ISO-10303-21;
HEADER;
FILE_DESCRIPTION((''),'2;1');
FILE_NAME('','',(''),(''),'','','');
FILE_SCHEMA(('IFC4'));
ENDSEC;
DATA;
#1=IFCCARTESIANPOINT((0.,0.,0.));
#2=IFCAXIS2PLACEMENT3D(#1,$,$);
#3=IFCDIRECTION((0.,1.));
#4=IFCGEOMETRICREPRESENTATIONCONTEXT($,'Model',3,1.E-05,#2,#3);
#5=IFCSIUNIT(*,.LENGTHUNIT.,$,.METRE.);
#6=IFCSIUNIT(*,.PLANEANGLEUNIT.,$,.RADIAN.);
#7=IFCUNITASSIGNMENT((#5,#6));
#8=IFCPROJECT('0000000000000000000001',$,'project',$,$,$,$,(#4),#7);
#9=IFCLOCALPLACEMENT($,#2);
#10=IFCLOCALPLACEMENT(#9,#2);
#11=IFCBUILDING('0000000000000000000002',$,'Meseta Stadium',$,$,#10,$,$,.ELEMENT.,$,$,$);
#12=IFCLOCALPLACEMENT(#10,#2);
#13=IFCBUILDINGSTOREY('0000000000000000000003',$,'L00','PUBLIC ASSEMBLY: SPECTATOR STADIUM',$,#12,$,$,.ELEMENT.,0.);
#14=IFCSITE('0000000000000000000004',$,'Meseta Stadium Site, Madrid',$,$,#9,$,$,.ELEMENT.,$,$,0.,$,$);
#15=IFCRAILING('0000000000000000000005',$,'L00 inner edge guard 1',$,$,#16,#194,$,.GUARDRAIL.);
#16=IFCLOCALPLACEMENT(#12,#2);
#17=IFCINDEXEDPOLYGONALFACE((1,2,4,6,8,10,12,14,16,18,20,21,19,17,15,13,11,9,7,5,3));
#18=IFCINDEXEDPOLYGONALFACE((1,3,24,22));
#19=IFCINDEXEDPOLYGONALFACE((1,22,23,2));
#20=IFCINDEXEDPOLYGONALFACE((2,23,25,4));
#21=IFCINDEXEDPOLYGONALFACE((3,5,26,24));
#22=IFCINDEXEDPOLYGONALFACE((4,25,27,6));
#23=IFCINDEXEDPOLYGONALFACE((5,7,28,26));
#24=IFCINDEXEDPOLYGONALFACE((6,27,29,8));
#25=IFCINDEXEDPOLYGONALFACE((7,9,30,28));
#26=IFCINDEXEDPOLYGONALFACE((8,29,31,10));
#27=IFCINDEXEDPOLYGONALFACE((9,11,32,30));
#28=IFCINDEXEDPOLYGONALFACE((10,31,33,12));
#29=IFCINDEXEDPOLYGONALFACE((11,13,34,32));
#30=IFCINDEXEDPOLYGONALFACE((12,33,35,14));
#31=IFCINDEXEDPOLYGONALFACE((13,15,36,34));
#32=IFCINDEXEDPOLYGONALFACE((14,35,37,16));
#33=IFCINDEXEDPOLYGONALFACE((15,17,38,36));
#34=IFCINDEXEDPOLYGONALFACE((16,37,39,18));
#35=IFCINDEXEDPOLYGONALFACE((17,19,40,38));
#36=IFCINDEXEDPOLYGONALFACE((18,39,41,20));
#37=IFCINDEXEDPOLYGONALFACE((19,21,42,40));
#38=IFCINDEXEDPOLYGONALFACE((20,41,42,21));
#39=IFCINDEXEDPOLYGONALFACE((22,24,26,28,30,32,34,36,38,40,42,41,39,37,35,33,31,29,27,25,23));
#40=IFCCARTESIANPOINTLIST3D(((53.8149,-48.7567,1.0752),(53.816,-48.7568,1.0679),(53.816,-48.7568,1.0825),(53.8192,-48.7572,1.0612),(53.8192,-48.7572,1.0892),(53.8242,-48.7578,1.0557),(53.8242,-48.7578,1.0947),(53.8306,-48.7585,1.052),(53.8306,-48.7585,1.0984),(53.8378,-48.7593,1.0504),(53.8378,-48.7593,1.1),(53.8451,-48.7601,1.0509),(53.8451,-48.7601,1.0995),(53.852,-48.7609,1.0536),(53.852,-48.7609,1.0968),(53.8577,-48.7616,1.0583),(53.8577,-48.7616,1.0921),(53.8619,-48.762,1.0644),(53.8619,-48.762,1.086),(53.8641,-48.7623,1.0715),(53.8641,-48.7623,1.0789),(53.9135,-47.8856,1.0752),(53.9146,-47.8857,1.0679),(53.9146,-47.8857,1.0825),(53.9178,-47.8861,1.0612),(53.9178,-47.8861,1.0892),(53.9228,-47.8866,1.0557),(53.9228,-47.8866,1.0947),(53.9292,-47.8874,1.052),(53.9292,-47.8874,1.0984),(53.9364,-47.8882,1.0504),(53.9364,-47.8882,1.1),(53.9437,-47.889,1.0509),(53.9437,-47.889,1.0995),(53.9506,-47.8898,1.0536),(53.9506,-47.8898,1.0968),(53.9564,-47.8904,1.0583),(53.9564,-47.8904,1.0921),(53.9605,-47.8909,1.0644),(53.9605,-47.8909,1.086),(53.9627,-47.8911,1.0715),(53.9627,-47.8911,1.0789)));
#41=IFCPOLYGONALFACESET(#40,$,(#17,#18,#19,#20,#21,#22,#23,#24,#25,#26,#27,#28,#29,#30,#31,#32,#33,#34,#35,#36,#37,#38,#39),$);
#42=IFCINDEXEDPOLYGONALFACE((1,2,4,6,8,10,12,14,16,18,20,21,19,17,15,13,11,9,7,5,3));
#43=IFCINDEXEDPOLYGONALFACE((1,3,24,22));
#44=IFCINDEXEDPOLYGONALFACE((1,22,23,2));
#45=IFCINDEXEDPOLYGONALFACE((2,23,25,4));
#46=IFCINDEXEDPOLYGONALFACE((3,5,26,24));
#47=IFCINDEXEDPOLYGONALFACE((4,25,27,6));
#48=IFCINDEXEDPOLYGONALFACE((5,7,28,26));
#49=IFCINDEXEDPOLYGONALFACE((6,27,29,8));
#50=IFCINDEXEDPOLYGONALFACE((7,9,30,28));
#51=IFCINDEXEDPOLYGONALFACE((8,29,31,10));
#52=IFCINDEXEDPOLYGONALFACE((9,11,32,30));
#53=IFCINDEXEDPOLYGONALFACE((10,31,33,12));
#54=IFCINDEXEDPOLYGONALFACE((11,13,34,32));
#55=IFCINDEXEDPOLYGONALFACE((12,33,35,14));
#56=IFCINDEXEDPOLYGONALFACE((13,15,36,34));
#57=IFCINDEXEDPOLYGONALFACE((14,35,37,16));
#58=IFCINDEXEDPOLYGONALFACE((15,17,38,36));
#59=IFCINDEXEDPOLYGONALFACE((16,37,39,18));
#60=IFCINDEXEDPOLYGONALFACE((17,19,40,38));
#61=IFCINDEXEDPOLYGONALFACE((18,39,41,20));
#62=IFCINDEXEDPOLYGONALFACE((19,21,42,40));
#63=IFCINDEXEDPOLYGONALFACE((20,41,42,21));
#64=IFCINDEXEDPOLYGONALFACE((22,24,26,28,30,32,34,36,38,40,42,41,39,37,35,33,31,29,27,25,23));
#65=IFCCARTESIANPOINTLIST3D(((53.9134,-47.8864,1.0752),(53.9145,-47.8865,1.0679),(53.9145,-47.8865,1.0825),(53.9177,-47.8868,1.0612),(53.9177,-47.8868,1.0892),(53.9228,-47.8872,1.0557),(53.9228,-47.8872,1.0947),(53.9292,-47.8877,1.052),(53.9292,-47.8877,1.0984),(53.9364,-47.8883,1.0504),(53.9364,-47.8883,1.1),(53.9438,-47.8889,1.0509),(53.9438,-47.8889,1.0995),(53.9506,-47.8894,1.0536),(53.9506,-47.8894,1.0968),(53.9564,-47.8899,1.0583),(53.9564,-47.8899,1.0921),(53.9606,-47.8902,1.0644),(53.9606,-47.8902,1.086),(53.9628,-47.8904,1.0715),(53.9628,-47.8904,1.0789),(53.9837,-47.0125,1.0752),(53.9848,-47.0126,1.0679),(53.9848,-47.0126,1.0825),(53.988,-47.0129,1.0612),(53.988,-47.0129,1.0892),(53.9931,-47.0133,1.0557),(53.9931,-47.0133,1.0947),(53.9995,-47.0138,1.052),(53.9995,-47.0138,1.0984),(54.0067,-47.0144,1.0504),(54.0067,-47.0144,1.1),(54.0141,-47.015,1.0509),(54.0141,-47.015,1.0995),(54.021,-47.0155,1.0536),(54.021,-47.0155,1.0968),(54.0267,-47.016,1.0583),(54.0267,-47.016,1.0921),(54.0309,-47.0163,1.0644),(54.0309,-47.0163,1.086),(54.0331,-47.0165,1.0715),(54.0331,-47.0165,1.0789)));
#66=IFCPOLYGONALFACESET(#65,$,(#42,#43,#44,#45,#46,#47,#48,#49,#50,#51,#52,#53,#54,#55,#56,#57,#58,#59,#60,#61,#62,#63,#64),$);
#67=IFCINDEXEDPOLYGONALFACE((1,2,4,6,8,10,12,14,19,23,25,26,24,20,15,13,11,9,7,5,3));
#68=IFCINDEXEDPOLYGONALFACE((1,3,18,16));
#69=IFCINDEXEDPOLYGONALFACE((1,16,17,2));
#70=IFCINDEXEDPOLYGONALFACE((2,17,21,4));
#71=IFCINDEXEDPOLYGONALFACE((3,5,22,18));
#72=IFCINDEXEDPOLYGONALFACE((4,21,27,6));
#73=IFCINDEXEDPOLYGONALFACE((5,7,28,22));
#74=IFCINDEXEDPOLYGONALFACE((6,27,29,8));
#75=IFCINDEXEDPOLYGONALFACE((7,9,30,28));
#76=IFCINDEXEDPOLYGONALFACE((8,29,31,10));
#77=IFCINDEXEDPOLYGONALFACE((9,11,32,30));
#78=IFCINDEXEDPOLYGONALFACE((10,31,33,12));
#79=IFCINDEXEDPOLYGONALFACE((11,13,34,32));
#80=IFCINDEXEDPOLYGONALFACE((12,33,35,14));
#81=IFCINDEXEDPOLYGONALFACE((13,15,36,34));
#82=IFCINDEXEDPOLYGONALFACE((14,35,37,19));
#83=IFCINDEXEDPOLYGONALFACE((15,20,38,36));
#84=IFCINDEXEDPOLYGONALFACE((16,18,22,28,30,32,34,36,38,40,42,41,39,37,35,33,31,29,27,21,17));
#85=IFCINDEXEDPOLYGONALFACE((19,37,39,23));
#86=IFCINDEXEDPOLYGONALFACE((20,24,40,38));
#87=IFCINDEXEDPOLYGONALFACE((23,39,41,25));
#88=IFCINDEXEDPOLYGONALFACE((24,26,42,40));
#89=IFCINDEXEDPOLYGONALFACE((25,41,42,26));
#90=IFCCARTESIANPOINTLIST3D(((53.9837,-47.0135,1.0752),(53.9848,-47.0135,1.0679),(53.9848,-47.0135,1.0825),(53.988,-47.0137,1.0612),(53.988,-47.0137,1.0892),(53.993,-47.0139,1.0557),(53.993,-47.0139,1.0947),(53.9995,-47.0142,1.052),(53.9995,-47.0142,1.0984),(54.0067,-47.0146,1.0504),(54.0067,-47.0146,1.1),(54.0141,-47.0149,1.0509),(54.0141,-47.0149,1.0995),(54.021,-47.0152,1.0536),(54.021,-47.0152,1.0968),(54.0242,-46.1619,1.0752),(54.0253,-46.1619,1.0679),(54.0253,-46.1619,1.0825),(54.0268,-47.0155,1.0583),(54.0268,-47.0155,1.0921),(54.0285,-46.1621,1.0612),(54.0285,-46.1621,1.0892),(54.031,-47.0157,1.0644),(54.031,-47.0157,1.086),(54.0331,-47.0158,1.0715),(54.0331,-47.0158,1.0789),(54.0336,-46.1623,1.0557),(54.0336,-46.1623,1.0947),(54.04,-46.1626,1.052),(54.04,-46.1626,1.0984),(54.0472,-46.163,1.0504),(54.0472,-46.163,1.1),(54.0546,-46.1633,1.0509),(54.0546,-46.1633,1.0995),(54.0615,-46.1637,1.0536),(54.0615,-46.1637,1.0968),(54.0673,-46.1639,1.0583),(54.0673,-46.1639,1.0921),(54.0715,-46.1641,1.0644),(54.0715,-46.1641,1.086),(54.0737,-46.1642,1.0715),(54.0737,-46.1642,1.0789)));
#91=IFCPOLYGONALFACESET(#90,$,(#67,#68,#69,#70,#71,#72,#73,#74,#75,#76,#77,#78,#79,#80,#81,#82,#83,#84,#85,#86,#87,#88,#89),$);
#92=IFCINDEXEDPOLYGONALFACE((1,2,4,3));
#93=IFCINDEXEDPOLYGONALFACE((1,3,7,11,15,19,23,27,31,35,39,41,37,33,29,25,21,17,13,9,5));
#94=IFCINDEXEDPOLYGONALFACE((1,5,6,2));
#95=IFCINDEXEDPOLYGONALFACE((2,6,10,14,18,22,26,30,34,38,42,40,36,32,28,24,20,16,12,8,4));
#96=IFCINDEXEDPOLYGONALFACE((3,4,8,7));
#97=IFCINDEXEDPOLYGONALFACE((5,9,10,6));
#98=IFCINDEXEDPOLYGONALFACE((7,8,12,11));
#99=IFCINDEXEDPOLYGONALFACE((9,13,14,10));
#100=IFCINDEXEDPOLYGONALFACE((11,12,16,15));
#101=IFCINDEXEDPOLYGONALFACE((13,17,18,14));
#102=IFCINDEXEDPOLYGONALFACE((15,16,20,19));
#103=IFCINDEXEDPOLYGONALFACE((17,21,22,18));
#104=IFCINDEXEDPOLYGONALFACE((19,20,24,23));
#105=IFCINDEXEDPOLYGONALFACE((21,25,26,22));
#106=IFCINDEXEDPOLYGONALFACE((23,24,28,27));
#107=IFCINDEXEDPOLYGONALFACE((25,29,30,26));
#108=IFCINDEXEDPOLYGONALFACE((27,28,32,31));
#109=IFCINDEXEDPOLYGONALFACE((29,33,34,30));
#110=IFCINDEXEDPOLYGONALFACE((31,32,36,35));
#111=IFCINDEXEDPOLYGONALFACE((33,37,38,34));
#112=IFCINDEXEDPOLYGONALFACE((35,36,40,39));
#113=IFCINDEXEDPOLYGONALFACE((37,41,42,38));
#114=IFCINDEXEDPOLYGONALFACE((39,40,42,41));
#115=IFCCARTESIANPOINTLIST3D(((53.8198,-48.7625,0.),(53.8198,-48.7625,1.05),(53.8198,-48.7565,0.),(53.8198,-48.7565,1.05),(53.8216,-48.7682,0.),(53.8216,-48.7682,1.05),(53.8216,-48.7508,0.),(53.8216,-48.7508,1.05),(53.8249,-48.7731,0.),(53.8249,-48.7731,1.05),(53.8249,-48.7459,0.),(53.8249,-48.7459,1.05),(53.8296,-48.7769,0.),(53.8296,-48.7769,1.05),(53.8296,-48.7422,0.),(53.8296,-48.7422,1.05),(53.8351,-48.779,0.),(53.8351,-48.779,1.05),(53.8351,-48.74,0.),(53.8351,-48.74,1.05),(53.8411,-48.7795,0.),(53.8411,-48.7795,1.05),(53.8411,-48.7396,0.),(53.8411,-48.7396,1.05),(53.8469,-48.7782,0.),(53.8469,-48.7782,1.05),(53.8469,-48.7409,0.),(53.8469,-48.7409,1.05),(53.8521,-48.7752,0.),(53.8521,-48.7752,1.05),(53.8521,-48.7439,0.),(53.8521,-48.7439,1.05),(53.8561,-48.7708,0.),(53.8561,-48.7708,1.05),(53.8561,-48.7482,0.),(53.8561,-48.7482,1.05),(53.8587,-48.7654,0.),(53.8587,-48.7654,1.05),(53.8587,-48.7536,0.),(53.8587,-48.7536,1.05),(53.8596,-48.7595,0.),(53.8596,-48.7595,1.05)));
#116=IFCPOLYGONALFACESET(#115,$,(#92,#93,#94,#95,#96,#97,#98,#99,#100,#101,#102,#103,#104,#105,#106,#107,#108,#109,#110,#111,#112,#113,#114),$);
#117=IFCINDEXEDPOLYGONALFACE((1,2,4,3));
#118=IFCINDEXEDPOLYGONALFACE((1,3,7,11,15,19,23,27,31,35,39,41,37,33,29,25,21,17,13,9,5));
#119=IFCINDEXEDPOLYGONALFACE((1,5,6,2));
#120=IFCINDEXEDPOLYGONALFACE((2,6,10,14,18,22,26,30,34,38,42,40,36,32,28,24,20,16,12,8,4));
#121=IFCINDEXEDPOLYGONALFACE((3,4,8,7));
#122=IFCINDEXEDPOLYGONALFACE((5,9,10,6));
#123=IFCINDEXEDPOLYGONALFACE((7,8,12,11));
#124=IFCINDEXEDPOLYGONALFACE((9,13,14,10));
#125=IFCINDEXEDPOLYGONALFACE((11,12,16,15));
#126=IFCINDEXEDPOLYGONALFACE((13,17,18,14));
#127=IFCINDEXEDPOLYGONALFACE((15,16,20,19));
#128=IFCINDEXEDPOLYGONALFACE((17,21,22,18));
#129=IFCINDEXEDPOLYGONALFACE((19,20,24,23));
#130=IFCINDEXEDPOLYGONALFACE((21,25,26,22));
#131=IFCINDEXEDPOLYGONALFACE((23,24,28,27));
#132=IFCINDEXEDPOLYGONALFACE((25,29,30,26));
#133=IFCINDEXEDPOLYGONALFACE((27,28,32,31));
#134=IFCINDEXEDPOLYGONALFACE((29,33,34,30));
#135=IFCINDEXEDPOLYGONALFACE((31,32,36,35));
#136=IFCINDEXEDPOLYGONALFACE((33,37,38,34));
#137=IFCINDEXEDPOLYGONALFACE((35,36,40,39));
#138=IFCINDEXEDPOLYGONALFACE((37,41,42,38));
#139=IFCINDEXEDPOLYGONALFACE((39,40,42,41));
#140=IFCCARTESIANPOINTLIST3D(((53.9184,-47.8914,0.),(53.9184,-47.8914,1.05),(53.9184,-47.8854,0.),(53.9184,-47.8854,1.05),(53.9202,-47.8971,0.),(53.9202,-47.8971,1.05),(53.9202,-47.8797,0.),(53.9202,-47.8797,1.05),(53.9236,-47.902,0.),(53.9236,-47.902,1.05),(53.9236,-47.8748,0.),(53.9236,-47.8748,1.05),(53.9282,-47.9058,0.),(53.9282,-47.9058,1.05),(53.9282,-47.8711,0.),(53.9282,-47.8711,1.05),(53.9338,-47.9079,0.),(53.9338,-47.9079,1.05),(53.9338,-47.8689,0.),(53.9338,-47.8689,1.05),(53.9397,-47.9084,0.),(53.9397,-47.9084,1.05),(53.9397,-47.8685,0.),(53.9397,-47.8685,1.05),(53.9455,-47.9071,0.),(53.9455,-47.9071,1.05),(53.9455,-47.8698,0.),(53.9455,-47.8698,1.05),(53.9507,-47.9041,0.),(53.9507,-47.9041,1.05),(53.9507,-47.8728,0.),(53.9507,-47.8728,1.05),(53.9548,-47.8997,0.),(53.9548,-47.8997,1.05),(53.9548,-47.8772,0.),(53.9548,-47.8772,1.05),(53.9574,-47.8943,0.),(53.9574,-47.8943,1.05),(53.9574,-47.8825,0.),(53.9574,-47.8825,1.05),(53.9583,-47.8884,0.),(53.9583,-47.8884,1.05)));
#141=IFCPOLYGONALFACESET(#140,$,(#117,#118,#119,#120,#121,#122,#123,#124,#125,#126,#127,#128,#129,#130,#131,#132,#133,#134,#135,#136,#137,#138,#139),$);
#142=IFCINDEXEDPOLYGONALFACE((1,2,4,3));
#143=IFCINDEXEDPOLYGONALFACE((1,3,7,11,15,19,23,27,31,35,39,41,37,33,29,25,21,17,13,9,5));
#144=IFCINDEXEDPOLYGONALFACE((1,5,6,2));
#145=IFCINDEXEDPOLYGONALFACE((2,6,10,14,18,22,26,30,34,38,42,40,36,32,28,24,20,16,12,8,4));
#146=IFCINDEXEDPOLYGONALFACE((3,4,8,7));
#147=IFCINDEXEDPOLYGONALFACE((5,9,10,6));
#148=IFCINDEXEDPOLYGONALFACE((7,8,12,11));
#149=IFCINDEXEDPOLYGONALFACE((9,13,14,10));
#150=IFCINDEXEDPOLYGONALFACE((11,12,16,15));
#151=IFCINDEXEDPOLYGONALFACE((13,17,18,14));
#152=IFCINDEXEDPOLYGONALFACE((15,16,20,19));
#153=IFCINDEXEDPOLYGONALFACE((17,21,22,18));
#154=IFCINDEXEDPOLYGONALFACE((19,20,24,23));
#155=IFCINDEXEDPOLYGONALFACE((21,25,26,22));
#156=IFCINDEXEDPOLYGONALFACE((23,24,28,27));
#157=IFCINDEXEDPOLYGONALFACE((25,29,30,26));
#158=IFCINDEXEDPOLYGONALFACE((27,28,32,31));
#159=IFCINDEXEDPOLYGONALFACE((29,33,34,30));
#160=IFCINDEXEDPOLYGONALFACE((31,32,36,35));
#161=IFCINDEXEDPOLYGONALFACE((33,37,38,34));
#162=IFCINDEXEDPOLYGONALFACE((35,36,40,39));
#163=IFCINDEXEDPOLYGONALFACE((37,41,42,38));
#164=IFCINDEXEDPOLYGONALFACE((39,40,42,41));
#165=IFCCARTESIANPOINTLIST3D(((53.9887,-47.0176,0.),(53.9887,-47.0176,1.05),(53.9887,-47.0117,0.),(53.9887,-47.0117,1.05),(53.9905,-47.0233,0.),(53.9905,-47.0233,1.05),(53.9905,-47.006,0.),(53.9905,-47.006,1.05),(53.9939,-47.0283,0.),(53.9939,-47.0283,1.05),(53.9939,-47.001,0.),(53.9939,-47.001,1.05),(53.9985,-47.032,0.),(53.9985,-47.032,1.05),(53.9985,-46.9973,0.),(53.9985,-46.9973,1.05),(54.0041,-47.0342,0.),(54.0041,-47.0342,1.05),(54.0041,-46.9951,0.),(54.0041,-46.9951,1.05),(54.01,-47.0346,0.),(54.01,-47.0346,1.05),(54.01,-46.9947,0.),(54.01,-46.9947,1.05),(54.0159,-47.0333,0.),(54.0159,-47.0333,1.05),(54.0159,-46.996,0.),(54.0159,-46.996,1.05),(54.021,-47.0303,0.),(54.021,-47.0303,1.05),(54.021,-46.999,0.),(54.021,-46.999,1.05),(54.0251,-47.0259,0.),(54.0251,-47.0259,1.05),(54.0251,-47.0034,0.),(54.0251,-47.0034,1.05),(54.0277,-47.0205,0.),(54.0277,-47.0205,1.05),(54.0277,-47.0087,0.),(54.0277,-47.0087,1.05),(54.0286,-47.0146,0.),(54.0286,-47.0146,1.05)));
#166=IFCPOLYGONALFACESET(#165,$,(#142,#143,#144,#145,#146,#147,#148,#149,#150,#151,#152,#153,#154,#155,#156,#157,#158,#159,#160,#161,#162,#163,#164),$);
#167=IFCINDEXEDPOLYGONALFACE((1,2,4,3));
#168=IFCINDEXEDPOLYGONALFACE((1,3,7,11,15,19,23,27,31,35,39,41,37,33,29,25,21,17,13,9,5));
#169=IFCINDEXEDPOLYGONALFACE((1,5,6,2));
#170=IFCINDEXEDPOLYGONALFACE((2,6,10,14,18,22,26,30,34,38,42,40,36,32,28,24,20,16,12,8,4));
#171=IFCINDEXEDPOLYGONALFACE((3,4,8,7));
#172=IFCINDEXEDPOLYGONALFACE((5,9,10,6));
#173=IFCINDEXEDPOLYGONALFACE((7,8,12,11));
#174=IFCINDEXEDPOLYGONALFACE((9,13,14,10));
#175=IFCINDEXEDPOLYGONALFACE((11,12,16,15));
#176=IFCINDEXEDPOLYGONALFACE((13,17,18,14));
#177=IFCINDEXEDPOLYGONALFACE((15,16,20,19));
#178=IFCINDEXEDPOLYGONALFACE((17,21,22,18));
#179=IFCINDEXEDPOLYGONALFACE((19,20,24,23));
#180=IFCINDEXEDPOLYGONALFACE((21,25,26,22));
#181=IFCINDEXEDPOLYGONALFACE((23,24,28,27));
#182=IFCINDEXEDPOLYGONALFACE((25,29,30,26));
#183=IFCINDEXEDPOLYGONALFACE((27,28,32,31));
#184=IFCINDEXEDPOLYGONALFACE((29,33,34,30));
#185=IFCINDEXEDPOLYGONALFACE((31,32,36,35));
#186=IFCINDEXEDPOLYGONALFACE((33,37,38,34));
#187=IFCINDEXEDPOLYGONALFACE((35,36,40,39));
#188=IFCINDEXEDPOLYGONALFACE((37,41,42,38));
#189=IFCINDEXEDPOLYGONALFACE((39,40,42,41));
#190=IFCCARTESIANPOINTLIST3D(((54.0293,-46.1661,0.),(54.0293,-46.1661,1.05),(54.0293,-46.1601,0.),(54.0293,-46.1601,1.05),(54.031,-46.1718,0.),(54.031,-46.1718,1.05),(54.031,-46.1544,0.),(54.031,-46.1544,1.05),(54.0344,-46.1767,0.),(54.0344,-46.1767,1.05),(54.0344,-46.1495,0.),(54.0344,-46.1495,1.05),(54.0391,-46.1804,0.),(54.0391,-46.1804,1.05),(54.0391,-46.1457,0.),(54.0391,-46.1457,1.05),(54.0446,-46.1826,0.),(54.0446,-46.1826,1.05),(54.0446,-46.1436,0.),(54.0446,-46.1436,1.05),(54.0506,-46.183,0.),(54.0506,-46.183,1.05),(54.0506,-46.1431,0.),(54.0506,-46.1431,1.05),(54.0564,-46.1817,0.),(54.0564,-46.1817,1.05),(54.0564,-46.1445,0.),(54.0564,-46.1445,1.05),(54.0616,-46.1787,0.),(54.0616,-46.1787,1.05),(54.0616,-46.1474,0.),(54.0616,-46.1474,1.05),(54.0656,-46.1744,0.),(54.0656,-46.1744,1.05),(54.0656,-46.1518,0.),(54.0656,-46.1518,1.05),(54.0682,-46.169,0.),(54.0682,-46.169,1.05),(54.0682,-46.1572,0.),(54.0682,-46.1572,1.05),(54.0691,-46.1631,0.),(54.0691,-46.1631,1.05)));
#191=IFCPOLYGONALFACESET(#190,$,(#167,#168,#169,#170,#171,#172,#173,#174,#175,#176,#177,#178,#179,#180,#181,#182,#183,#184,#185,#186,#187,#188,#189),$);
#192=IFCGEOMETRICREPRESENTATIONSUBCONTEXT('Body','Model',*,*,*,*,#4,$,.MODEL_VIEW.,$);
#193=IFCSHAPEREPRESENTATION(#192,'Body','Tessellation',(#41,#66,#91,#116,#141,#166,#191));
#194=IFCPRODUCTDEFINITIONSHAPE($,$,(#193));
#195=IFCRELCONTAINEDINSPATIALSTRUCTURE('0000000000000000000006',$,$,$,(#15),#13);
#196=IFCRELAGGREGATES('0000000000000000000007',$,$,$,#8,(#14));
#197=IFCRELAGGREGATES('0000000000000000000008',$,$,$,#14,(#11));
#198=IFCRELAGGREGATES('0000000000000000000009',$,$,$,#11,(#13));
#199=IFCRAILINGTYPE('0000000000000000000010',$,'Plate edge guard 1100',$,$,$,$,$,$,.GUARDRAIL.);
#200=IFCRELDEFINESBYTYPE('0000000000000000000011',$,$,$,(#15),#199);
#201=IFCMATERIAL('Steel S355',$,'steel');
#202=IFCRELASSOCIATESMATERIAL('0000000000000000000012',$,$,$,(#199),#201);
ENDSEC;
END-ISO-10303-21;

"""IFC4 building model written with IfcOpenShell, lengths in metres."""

from ifc_helpers import new_model, si_unit, direction, frame, origin, origin_2d, place, context, subcontext, project, spatial, circle, extrude, material, type_object, element, save


model = new_model("IFC4")

# Units and contexts
model_context = context("Model", 3, precision=1e-05, world=origin(), true_north=direction((0.0, 1.0)))
body_context = subcontext(model_context, "Body", "Model", "MODEL_VIEW")
ifc_project = project(units=[si_unit("LENGTHUNIT", "METRE"), si_unit("PLANEANGLEUNIT", "RADIAN")], contexts=[model_context])

# Site, building, storey
site_placement = place(None, origin())
site = spatial("IfcSite", under=ifc_project, at=site_placement, Name="Meseta Stadium Site, Madrid", CompositionType="ELEMENT", RefElevation=0.0)
building_placement = place(site_placement, origin())
building = spatial("IfcBuilding", under=site, at=building_placement, Name="Meseta Stadium", CompositionType="ELEMENT")
storey_placement = place(building_placement, origin())
storey = spatial("IfcBuildingStorey", under=building, at=storey_placement, Name="L00", Description="PUBLIC ASSEMBLY: SPECTATOR STADIUM", CompositionType="ELEMENT", Elevation=0.0)

# Railing
ifc_material_1 = material(Name="Steel S355", Category="steel")
railing_type_1 = type_object("IfcRailingType", Name="Plate edge guard 1100", PredefinedType="GUARDRAIL", material=ifc_material_1)
railing_1_placement = place(storey_placement, frame((53.8396, -48.7595, 0.0)))
element("IfcRailing", 1, at=railing_1_placement, inside=storey, type_object=railing_type_1, Name="L00 inner edge guard 1", PredefinedType="GUARDRAIL", context=body_context, shape_type="SweptSolid", body=[
    extrude(circle(Radius=0.0249, at=origin_2d()), frame((0.0, 0.0, 1.0752), z_axis=(0.11251, 0.993651, 0.0), x_axis=(-0.993651, 0.11251, 0.0)), (0.0, 0.0, 1.0), 0.8767),
    extrude(circle(Radius=0.0249, at=origin_2d()), frame((0.0986, 0.8711, 1.0752), z_axis=(0.08021, 0.996778, 0.0), x_axis=(-0.996778, 0.08021, 0.0)), (0.0, 0.0, 1.0), 0.8767),
    extrude(circle(Radius=0.0249, at=origin_2d()), frame((0.1689, 1.7449, 1.0752), z_axis=(0.047538, 0.998869, 0.0), x_axis=(-0.998869, 0.047538, 0.0)), (0.0, 0.0, 1.0), 0.8525),
    extrude(circle(Radius=0.02, at=origin_2d()), origin(), (0.0, 0.0, 1.0), 1.05),
    extrude(circle(Radius=0.02, at=origin_2d()), frame((0.0986, 0.8711, 0.0)), (0.0, 0.0, 1.0), 1.05),
    extrude(circle(Radius=0.02, at=origin_2d()), frame((0.1689, 1.7449, 0.0)), (0.0, 0.0, 1.0), 1.05),
    extrude(circle(Radius=0.02, at=origin_2d()), frame((0.2095, 2.5964, 0.0)), (0.0, 0.0, 1.0), 1.05),
])

save(model, "model.ifc")
